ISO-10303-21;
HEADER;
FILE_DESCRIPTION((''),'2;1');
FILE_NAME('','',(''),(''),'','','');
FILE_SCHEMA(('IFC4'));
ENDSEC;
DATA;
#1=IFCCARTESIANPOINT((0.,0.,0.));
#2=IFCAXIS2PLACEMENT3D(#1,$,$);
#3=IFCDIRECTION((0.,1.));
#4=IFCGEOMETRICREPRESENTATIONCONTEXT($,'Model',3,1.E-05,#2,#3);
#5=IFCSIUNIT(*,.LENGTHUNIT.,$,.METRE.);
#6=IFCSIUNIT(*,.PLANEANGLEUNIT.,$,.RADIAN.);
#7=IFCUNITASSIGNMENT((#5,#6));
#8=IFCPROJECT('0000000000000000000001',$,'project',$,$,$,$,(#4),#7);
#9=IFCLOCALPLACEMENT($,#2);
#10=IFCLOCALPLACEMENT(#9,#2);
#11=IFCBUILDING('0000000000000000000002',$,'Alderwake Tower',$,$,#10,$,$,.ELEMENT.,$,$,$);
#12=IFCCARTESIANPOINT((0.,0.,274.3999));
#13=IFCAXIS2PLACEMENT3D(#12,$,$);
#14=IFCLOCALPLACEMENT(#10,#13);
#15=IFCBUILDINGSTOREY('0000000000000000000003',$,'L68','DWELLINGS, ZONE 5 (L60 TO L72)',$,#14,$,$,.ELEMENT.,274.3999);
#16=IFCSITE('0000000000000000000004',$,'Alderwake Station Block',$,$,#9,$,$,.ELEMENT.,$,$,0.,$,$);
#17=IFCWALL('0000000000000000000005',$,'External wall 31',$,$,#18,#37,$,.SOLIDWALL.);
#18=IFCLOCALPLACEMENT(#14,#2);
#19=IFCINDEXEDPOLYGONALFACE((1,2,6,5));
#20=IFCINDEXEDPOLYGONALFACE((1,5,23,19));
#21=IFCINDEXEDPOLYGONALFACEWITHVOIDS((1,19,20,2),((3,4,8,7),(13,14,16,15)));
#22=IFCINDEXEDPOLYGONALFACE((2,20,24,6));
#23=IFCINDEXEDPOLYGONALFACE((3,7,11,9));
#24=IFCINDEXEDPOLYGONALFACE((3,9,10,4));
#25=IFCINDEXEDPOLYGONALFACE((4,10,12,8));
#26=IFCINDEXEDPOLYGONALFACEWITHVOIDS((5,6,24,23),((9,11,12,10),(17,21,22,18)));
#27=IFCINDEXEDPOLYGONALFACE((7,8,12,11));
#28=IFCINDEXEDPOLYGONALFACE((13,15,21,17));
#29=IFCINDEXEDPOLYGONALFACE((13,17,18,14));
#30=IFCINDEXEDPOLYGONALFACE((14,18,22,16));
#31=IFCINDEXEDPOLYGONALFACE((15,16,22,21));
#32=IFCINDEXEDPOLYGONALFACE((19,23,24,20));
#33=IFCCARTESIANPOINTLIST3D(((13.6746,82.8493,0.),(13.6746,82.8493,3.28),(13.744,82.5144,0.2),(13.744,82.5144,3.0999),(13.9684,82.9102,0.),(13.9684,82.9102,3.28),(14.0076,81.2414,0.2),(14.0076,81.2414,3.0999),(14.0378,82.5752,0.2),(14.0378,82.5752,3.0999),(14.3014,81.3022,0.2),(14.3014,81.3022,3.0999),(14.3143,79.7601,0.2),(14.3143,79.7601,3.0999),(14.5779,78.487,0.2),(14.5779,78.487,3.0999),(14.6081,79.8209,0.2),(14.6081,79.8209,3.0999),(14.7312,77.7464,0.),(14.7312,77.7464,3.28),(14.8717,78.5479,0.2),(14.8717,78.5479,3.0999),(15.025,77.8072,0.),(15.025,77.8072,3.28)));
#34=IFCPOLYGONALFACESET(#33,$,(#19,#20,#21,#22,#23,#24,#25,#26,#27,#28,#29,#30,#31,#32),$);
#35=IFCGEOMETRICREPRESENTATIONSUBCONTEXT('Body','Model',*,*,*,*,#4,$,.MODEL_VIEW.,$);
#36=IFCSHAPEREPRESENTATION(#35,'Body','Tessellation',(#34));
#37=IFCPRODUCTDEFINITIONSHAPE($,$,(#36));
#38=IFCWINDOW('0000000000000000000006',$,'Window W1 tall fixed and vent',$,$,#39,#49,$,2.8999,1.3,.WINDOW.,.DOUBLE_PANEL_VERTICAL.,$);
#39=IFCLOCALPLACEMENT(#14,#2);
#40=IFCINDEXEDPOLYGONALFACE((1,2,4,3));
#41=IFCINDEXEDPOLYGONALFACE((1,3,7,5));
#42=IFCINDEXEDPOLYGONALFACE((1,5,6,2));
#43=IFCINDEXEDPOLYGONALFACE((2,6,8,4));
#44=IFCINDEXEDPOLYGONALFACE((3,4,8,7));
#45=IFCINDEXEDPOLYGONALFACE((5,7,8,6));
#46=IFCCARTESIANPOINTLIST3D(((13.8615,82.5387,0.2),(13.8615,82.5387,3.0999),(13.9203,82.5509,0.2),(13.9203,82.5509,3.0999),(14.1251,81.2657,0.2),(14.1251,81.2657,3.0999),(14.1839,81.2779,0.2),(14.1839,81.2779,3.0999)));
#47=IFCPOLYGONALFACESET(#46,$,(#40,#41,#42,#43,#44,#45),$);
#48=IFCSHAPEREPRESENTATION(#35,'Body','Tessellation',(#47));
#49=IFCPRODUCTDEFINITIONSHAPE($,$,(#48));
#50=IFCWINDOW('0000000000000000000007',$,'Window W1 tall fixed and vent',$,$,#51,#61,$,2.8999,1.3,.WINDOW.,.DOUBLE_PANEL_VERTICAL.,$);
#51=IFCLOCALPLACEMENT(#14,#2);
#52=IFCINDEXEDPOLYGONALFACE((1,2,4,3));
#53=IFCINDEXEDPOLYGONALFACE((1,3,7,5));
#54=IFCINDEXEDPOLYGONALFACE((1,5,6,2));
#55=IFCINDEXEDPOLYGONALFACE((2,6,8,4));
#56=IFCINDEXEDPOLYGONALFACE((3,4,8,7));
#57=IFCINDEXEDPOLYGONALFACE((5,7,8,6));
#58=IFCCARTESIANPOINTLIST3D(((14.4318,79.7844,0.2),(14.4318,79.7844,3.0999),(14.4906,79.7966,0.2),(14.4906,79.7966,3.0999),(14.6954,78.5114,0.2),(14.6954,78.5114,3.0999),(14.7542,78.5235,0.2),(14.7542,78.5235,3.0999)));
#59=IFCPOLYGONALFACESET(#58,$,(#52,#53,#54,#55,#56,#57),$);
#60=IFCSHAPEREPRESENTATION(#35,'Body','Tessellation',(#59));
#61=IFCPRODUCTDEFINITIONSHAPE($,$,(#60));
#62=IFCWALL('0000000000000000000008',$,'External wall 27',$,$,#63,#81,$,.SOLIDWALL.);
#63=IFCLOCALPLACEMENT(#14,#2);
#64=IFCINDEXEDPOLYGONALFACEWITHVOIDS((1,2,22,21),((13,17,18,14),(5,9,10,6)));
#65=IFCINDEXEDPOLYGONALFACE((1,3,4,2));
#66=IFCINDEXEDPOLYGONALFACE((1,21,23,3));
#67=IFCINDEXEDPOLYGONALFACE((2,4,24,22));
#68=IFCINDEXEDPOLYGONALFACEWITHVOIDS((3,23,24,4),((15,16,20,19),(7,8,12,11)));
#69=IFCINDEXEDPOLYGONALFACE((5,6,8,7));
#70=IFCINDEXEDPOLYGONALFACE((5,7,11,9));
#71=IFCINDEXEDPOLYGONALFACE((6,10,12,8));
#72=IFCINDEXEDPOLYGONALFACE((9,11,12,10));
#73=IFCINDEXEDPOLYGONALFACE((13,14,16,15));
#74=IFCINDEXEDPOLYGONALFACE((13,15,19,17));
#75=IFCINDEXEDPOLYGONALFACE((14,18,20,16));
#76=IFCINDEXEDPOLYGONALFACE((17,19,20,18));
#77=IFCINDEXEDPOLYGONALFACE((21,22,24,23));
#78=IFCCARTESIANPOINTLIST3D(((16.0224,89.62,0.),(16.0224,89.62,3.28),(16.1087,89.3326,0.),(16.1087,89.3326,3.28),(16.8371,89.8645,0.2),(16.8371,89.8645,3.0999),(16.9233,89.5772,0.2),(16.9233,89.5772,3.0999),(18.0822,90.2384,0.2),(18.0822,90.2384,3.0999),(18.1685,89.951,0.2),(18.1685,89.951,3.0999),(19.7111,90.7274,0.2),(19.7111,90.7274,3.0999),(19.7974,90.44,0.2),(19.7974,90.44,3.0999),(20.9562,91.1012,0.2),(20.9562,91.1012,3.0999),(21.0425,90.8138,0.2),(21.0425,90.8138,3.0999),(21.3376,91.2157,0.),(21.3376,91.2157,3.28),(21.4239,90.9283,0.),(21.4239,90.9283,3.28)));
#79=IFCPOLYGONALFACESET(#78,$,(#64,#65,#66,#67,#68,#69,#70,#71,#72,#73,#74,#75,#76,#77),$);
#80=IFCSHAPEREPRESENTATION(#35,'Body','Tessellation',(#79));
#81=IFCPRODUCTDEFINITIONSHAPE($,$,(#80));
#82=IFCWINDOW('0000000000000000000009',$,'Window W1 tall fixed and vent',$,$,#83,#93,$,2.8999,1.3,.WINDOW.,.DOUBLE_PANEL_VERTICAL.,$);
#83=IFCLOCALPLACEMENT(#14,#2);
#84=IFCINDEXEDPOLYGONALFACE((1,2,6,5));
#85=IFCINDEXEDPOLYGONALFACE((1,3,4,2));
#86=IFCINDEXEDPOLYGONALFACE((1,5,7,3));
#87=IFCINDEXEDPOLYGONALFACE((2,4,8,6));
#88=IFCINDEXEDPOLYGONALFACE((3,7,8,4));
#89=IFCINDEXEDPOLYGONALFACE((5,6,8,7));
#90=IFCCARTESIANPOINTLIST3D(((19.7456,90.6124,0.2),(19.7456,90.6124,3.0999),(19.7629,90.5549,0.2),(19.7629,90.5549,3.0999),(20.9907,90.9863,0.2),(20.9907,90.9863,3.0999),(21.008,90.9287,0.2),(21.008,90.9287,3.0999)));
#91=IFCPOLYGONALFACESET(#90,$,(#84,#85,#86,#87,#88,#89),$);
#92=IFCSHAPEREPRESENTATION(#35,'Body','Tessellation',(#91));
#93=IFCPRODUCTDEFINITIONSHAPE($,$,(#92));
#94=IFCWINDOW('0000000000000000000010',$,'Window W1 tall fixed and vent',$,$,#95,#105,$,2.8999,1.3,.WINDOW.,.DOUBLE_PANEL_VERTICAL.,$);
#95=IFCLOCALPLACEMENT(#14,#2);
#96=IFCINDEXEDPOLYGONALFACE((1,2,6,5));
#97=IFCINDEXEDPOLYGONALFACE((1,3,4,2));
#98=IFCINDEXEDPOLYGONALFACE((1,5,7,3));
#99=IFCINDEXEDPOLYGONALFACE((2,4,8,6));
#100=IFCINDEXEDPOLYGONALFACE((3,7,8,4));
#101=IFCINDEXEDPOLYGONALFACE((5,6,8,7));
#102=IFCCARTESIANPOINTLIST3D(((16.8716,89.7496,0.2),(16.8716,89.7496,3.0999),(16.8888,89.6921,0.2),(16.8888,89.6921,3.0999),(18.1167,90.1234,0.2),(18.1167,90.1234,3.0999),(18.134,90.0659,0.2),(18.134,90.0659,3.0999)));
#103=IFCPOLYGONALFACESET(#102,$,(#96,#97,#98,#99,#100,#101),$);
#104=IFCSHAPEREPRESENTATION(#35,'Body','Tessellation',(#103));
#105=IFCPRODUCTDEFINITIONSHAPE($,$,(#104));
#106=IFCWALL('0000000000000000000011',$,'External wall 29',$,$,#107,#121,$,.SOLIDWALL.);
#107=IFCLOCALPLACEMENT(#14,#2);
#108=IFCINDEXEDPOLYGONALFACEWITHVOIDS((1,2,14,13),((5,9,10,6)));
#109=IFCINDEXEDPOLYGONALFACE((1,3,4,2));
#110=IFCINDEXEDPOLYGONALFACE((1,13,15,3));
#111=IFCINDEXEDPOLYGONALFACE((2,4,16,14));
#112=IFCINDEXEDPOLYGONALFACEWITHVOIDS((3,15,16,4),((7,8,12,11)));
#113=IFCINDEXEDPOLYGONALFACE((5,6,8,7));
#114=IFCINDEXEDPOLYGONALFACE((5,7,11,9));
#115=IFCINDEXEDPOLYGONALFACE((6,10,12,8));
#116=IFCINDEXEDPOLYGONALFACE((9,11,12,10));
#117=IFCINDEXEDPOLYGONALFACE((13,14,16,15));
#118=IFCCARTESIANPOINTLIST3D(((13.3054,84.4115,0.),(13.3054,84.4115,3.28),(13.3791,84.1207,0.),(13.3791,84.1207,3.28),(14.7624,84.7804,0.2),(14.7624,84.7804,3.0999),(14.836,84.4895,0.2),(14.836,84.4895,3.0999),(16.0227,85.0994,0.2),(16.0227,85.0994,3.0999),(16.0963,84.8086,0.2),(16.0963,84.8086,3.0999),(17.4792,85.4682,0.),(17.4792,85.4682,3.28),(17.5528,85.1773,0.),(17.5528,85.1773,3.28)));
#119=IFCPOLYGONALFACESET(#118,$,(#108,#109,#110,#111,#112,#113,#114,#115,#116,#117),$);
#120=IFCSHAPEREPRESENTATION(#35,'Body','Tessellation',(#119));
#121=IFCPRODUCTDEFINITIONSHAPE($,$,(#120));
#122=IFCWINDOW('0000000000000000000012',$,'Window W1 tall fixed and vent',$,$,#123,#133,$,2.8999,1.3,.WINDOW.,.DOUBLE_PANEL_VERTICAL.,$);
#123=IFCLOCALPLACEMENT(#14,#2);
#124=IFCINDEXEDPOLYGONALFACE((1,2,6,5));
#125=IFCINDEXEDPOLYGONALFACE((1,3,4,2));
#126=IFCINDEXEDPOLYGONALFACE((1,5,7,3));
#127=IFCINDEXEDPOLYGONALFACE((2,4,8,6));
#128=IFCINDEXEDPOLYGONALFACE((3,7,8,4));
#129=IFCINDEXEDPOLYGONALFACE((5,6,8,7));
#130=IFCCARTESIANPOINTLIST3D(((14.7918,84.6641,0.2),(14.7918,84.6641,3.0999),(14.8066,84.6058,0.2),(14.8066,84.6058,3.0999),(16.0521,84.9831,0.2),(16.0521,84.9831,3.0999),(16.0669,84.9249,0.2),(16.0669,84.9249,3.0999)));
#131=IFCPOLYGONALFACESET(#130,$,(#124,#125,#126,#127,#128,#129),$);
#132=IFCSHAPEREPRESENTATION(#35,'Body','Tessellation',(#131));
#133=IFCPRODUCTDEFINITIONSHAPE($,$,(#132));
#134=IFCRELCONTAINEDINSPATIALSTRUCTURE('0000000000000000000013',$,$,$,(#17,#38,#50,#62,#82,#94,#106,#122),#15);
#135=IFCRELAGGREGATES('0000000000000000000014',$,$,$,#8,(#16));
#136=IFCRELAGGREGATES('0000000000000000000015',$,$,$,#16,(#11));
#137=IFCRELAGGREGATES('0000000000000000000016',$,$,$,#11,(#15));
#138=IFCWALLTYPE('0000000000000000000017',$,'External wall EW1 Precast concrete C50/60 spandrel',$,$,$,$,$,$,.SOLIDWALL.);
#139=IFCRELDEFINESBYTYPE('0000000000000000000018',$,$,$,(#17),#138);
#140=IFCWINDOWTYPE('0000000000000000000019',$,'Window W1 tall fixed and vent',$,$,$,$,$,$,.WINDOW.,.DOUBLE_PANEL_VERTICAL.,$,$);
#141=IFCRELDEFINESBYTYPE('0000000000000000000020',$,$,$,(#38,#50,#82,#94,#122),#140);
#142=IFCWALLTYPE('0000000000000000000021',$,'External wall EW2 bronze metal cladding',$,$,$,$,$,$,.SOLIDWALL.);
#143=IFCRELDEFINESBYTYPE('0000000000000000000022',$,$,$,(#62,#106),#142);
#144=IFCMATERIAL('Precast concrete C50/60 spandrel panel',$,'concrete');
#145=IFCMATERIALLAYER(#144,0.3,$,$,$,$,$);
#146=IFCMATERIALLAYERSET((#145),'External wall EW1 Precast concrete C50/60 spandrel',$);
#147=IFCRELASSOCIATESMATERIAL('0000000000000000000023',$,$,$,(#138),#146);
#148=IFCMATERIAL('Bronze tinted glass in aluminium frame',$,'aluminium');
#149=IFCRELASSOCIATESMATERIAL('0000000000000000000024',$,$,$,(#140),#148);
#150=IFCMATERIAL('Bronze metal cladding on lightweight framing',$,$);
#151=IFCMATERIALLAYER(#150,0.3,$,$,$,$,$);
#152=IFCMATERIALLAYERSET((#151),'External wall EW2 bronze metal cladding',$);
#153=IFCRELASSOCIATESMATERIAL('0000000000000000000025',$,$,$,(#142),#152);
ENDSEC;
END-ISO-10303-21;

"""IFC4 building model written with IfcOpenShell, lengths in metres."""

from ifc_helpers import new_model, si_unit, direction, frame, frame_2d, origin, place, context, subcontext, project, spatial, rectangle, extrude, material, layer, layer_set, type_object, element, fill, save


model = new_model("IFC4")

# Units and contexts
model_context = context("Model", 3, precision=1e-05, world=origin(), true_north=direction((0.0, 1.0)))
body_context = subcontext(model_context, "Body", "Model", "MODEL_VIEW")
ifc_project = project(units=[si_unit("LENGTHUNIT", "METRE"), si_unit("PLANEANGLEUNIT", "RADIAN")], contexts=[model_context])

# Site, building, storey
site_placement = place(None, origin())
site = spatial("IfcSite", under=ifc_project, at=site_placement, Name="Alderwake Station Block", CompositionType="ELEMENT", RefElevation=0.0)
building_placement = place(site_placement, origin())
building = spatial("IfcBuilding", under=site, at=building_placement, Name="Alderwake Tower", CompositionType="ELEMENT")
storey_placement = place(building_placement, frame((0.0, 0.0, 274.3999)))
storey = spatial("IfcBuildingStorey", under=building, at=storey_placement, Name="L68", Description="DWELLINGS, ZONE 5 (L60 TO L72)", CompositionType="ELEMENT", Elevation=274.3999)

# Shared definitions
ifc_material_1 = material(Name="Precast concrete C50/60 spandrel panel", Category="concrete")
ifc_layer_1 = layer(ifc_material_1, 0.3)
ifc_layer_set_1 = layer_set([ifc_layer_1], Name="External wall EW1 Precast concrete C50/60 spandrel")
wall_type_1 = type_object("IfcWallType", Name="External wall EW1 Precast concrete C50/60 spandrel", PredefinedType="SOLIDWALL", material=ifc_layer_set_1)

# Walls, openings, windows
wall_1_placement = place(storey_placement, frame((13.8215, 82.8796, 0.0), z_axis=(0.0, 0.0, 1.0), x_axis=(0.202761, -0.979228, 0.0)))
wall_1 = element("IfcWall", 1, at=wall_1_placement, inside=storey, type_object=wall_type_1, Name="External wall 31", PredefinedType="SOLIDWALL", context=body_context, shape_type="SweptSolid", body=[
    extrude(rectangle(XDim=5.2112, YDim=0.3, at=frame_2d((2.6055, 0.0))), origin(), (0.0, 0.0, 1.0), 3.28),
])
opening_1_placement = place(wall_1_placement, frame((0.342, 0.0, 0.2)))
opening_1 = element("IfcOpeningElement", 2, at=opening_1_placement, cuts=wall_1, PredefinedType="OPENING", context=body_context, shape_type="SweptSolid", body=[
    extrude(rectangle(XDim=1.3, YDim=2.8999, at=frame_2d((0.6499, 1.45))), frame((0.0, 0.1599, 0.0), z_axis=(0.0, -1.0, 0.0), x_axis=(1.0, 0.0, 0.0)), (0.0, 0.0, 1.0), 0.3201),
])
opening_2_placement = place(wall_1_placement, frame((3.1548, 0.0, 0.2)))
opening_2 = element("IfcOpeningElement", 3, at=opening_2_placement, cuts=wall_1, PredefinedType="OPENING", context=body_context, shape_type="SweptSolid", body=[
    extrude(rectangle(XDim=1.3, YDim=2.8999, at=frame_2d((0.6499, 1.45))), frame((0.0, 0.1599, 0.0), z_axis=(0.0, -1.0, 0.0), x_axis=(1.0, 0.0, 0.0)), (0.0, 0.0, 1.0), 0.3201),
])
ifc_material_2 = material(Name="Bronze tinted glass in aluminium frame", Category="aluminium")
window_type = type_object("IfcWindowType", Name="Window W1 tall fixed and vent", PartitioningType="DOUBLE_PANEL_VERTICAL", PredefinedType="WINDOW", material=ifc_material_2)
window_1_placement = place(opening_1_placement, origin())
window_1 = element("IfcWindow", 4, at=window_1_placement, inside=storey, type_object=window_type, Name="Window W1 tall fixed and vent", OverallHeight=2.8999, OverallWidth=1.3, PartitioningType="DOUBLE_PANEL_VERTICAL", PredefinedType="WINDOW", context=body_context, shape_type="SweptSolid", body=[
    extrude(rectangle(XDim=1.3, YDim=2.8999, at=frame_2d((0.6499, 1.45))), frame((0.0, 0.03, 0.0), z_axis=(0.0, -1.0, 0.0), x_axis=(1.0, 0.0, 0.0)), (0.0, 0.0, 1.0), 0.0601),
])
fill(opening_1, window_1)
window_2_placement = place(opening_2_placement, origin())
window_2 = element("IfcWindow", 5, at=window_2_placement, inside=storey, type_object=window_type, Name="Window W1 tall fixed and vent", OverallHeight=2.8999, OverallWidth=1.3, PartitioningType="DOUBLE_PANEL_VERTICAL", PredefinedType="WINDOW", context=body_context, shape_type="SweptSolid", body=[
    extrude(rectangle(XDim=1.3, YDim=2.8999, at=frame_2d((0.6499, 1.45))), frame((0.0, 0.03, 0.0), z_axis=(0.0, -1.0, 0.0), x_axis=(1.0, 0.0, 0.0)), (0.0, 0.0, 1.0), 0.0601),
])
fill(opening_2, window_2)
ifc_material_3 = material(Name="Bronze metal cladding on lightweight framing")
ifc_layer_2 = layer(ifc_material_3, 0.3)
ifc_layer_set_2 = layer_set([ifc_layer_2], Name="External wall EW2 bronze metal cladding")
wall_type_2 = type_object("IfcWallType", Name="External wall EW2 bronze metal cladding", PredefinedType="SOLIDWALL", material=ifc_layer_set_2)
wall_2_placement = place(storey_placement, frame((21.3809, 91.072, 0.0), z_axis=(0.0, 0.0, 1.0), x_axis=(-0.957769, -0.287538, 0.0)))
wall_2 = element("IfcWall", 6, at=wall_2_placement, inside=storey, type_object=wall_type_2, Name="External wall 27", PredefinedType="SOLIDWALL", context=body_context, shape_type="SweptSolid", body=[
    extrude(rectangle(XDim=5.5496, YDim=0.3, at=frame_2d((2.7749, 0.0))), origin(), (0.0, 0.0, 1.0), 3.28),
])
opening_3_placement = place(wall_2_placement, frame((0.3984, 0.0, 0.2)))
opening_3 = element("IfcOpeningElement", 7, at=opening_3_placement, cuts=wall_2, PredefinedType="OPENING", context=body_context, shape_type="SweptSolid", body=[
    extrude(rectangle(XDim=1.3, YDim=2.8999, at=frame_2d((0.6499, 1.45))), frame((0.0, 0.1599, 0.0), z_axis=(0.0, -1.0, 0.0), x_axis=(1.0, 0.0, 0.0)), (0.0, 0.0, 1.0), 0.3201),
])
opening_4_placement = place(wall_2_placement, frame((3.3992, 0.0, 0.2)))
opening_4 = element("IfcOpeningElement", 8, at=opening_4_placement, cuts=wall_2, PredefinedType="OPENING", context=body_context, shape_type="SweptSolid", body=[
    extrude(rectangle(XDim=1.3, YDim=2.8999, at=frame_2d((0.6499, 1.45))), frame((0.0, 0.1599, 0.0), z_axis=(0.0, -1.0, 0.0), x_axis=(1.0, 0.0, 0.0)), (0.0, 0.0, 1.0), 0.3201),
])
window_3_placement = place(opening_3_placement, origin())
window_3 = element("IfcWindow", 9, at=window_3_placement, inside=storey, type_object=window_type, Name="Window W1 tall fixed and vent", OverallHeight=2.8999, OverallWidth=1.3, PartitioningType="DOUBLE_PANEL_VERTICAL", PredefinedType="WINDOW", context=body_context, shape_type="SweptSolid", body=[
    extrude(rectangle(XDim=1.3, YDim=2.8999, at=frame_2d((0.6499, 1.45))), frame((0.0, 0.03, 0.0), z_axis=(0.0, -1.0, 0.0), x_axis=(1.0, 0.0, 0.0)), (0.0, 0.0, 1.0), 0.0601),
])
fill(opening_3, window_3)
window_4_placement = place(opening_4_placement, origin())
window_4 = element("IfcWindow", 10, at=window_4_placement, inside=storey, type_object=window_type, Name="Window W1 tall fixed and vent", OverallHeight=2.8999, OverallWidth=1.3, PartitioningType="DOUBLE_PANEL_VERTICAL", PredefinedType="WINDOW", context=body_context, shape_type="SweptSolid", body=[
    extrude(rectangle(XDim=1.3, YDim=2.8999, at=frame_2d((0.6499, 1.45))), frame((0.0, 0.03, 0.0), z_axis=(0.0, -1.0, 0.0), x_axis=(1.0, 0.0, 0.0)), (0.0, 0.0, 1.0), 0.0601),
])
fill(opening_4, window_4)

# Wall, opening, window
wall_3_placement = place(storey_placement, frame((17.5161, 85.3228, 0.0), z_axis=(0.0, 0.0, 1.0), x_axis=(-0.969418, -0.245416, 0.0)))
wall_3 = element("IfcWall", 11, at=wall_3_placement, inside=storey, type_object=wall_type_2, Name="External wall 29", PredefinedType="SOLIDWALL", context=body_context, shape_type="SweptSolid", body=[
    extrude(rectangle(XDim=4.3054, YDim=0.3, at=frame_2d((2.1528, 0.0))), origin(), (0.0, 0.0, 1.0), 3.28),
])
opening_5_placement = place(wall_3_placement, frame((1.5027, 0.0, 0.2)))
opening_5 = element("IfcOpeningElement", 12, at=opening_5_placement, cuts=wall_3, PredefinedType="OPENING", context=body_context, shape_type="SweptSolid", body=[
    extrude(rectangle(XDim=1.3, YDim=2.8999, at=frame_2d((0.6499, 1.45))), frame((0.0, 0.1599, 0.0), z_axis=(0.0, -1.0, 0.0), x_axis=(1.0, 0.0, 0.0)), (0.0, 0.0, 1.0), 0.3201),
])
window_5_placement = place(opening_5_placement, origin())
window_5 = element("IfcWindow", 13, at=window_5_placement, inside=storey, type_object=window_type, Name="Window W1 tall fixed and vent", OverallHeight=2.8999, OverallWidth=1.3, PartitioningType="DOUBLE_PANEL_VERTICAL", PredefinedType="WINDOW", context=body_context, shape_type="SweptSolid", body=[
    extrude(rectangle(XDim=1.3, YDim=2.8999, at=frame_2d((0.6499, 1.45))), frame((0.0, 0.03, 0.0), z_axis=(0.0, -1.0, 0.0), x_axis=(1.0, 0.0, 0.0)), (0.0, 0.0, 1.0), 0.0601),
])
fill(opening_5, window_5)

save(model, "model.ifc")
